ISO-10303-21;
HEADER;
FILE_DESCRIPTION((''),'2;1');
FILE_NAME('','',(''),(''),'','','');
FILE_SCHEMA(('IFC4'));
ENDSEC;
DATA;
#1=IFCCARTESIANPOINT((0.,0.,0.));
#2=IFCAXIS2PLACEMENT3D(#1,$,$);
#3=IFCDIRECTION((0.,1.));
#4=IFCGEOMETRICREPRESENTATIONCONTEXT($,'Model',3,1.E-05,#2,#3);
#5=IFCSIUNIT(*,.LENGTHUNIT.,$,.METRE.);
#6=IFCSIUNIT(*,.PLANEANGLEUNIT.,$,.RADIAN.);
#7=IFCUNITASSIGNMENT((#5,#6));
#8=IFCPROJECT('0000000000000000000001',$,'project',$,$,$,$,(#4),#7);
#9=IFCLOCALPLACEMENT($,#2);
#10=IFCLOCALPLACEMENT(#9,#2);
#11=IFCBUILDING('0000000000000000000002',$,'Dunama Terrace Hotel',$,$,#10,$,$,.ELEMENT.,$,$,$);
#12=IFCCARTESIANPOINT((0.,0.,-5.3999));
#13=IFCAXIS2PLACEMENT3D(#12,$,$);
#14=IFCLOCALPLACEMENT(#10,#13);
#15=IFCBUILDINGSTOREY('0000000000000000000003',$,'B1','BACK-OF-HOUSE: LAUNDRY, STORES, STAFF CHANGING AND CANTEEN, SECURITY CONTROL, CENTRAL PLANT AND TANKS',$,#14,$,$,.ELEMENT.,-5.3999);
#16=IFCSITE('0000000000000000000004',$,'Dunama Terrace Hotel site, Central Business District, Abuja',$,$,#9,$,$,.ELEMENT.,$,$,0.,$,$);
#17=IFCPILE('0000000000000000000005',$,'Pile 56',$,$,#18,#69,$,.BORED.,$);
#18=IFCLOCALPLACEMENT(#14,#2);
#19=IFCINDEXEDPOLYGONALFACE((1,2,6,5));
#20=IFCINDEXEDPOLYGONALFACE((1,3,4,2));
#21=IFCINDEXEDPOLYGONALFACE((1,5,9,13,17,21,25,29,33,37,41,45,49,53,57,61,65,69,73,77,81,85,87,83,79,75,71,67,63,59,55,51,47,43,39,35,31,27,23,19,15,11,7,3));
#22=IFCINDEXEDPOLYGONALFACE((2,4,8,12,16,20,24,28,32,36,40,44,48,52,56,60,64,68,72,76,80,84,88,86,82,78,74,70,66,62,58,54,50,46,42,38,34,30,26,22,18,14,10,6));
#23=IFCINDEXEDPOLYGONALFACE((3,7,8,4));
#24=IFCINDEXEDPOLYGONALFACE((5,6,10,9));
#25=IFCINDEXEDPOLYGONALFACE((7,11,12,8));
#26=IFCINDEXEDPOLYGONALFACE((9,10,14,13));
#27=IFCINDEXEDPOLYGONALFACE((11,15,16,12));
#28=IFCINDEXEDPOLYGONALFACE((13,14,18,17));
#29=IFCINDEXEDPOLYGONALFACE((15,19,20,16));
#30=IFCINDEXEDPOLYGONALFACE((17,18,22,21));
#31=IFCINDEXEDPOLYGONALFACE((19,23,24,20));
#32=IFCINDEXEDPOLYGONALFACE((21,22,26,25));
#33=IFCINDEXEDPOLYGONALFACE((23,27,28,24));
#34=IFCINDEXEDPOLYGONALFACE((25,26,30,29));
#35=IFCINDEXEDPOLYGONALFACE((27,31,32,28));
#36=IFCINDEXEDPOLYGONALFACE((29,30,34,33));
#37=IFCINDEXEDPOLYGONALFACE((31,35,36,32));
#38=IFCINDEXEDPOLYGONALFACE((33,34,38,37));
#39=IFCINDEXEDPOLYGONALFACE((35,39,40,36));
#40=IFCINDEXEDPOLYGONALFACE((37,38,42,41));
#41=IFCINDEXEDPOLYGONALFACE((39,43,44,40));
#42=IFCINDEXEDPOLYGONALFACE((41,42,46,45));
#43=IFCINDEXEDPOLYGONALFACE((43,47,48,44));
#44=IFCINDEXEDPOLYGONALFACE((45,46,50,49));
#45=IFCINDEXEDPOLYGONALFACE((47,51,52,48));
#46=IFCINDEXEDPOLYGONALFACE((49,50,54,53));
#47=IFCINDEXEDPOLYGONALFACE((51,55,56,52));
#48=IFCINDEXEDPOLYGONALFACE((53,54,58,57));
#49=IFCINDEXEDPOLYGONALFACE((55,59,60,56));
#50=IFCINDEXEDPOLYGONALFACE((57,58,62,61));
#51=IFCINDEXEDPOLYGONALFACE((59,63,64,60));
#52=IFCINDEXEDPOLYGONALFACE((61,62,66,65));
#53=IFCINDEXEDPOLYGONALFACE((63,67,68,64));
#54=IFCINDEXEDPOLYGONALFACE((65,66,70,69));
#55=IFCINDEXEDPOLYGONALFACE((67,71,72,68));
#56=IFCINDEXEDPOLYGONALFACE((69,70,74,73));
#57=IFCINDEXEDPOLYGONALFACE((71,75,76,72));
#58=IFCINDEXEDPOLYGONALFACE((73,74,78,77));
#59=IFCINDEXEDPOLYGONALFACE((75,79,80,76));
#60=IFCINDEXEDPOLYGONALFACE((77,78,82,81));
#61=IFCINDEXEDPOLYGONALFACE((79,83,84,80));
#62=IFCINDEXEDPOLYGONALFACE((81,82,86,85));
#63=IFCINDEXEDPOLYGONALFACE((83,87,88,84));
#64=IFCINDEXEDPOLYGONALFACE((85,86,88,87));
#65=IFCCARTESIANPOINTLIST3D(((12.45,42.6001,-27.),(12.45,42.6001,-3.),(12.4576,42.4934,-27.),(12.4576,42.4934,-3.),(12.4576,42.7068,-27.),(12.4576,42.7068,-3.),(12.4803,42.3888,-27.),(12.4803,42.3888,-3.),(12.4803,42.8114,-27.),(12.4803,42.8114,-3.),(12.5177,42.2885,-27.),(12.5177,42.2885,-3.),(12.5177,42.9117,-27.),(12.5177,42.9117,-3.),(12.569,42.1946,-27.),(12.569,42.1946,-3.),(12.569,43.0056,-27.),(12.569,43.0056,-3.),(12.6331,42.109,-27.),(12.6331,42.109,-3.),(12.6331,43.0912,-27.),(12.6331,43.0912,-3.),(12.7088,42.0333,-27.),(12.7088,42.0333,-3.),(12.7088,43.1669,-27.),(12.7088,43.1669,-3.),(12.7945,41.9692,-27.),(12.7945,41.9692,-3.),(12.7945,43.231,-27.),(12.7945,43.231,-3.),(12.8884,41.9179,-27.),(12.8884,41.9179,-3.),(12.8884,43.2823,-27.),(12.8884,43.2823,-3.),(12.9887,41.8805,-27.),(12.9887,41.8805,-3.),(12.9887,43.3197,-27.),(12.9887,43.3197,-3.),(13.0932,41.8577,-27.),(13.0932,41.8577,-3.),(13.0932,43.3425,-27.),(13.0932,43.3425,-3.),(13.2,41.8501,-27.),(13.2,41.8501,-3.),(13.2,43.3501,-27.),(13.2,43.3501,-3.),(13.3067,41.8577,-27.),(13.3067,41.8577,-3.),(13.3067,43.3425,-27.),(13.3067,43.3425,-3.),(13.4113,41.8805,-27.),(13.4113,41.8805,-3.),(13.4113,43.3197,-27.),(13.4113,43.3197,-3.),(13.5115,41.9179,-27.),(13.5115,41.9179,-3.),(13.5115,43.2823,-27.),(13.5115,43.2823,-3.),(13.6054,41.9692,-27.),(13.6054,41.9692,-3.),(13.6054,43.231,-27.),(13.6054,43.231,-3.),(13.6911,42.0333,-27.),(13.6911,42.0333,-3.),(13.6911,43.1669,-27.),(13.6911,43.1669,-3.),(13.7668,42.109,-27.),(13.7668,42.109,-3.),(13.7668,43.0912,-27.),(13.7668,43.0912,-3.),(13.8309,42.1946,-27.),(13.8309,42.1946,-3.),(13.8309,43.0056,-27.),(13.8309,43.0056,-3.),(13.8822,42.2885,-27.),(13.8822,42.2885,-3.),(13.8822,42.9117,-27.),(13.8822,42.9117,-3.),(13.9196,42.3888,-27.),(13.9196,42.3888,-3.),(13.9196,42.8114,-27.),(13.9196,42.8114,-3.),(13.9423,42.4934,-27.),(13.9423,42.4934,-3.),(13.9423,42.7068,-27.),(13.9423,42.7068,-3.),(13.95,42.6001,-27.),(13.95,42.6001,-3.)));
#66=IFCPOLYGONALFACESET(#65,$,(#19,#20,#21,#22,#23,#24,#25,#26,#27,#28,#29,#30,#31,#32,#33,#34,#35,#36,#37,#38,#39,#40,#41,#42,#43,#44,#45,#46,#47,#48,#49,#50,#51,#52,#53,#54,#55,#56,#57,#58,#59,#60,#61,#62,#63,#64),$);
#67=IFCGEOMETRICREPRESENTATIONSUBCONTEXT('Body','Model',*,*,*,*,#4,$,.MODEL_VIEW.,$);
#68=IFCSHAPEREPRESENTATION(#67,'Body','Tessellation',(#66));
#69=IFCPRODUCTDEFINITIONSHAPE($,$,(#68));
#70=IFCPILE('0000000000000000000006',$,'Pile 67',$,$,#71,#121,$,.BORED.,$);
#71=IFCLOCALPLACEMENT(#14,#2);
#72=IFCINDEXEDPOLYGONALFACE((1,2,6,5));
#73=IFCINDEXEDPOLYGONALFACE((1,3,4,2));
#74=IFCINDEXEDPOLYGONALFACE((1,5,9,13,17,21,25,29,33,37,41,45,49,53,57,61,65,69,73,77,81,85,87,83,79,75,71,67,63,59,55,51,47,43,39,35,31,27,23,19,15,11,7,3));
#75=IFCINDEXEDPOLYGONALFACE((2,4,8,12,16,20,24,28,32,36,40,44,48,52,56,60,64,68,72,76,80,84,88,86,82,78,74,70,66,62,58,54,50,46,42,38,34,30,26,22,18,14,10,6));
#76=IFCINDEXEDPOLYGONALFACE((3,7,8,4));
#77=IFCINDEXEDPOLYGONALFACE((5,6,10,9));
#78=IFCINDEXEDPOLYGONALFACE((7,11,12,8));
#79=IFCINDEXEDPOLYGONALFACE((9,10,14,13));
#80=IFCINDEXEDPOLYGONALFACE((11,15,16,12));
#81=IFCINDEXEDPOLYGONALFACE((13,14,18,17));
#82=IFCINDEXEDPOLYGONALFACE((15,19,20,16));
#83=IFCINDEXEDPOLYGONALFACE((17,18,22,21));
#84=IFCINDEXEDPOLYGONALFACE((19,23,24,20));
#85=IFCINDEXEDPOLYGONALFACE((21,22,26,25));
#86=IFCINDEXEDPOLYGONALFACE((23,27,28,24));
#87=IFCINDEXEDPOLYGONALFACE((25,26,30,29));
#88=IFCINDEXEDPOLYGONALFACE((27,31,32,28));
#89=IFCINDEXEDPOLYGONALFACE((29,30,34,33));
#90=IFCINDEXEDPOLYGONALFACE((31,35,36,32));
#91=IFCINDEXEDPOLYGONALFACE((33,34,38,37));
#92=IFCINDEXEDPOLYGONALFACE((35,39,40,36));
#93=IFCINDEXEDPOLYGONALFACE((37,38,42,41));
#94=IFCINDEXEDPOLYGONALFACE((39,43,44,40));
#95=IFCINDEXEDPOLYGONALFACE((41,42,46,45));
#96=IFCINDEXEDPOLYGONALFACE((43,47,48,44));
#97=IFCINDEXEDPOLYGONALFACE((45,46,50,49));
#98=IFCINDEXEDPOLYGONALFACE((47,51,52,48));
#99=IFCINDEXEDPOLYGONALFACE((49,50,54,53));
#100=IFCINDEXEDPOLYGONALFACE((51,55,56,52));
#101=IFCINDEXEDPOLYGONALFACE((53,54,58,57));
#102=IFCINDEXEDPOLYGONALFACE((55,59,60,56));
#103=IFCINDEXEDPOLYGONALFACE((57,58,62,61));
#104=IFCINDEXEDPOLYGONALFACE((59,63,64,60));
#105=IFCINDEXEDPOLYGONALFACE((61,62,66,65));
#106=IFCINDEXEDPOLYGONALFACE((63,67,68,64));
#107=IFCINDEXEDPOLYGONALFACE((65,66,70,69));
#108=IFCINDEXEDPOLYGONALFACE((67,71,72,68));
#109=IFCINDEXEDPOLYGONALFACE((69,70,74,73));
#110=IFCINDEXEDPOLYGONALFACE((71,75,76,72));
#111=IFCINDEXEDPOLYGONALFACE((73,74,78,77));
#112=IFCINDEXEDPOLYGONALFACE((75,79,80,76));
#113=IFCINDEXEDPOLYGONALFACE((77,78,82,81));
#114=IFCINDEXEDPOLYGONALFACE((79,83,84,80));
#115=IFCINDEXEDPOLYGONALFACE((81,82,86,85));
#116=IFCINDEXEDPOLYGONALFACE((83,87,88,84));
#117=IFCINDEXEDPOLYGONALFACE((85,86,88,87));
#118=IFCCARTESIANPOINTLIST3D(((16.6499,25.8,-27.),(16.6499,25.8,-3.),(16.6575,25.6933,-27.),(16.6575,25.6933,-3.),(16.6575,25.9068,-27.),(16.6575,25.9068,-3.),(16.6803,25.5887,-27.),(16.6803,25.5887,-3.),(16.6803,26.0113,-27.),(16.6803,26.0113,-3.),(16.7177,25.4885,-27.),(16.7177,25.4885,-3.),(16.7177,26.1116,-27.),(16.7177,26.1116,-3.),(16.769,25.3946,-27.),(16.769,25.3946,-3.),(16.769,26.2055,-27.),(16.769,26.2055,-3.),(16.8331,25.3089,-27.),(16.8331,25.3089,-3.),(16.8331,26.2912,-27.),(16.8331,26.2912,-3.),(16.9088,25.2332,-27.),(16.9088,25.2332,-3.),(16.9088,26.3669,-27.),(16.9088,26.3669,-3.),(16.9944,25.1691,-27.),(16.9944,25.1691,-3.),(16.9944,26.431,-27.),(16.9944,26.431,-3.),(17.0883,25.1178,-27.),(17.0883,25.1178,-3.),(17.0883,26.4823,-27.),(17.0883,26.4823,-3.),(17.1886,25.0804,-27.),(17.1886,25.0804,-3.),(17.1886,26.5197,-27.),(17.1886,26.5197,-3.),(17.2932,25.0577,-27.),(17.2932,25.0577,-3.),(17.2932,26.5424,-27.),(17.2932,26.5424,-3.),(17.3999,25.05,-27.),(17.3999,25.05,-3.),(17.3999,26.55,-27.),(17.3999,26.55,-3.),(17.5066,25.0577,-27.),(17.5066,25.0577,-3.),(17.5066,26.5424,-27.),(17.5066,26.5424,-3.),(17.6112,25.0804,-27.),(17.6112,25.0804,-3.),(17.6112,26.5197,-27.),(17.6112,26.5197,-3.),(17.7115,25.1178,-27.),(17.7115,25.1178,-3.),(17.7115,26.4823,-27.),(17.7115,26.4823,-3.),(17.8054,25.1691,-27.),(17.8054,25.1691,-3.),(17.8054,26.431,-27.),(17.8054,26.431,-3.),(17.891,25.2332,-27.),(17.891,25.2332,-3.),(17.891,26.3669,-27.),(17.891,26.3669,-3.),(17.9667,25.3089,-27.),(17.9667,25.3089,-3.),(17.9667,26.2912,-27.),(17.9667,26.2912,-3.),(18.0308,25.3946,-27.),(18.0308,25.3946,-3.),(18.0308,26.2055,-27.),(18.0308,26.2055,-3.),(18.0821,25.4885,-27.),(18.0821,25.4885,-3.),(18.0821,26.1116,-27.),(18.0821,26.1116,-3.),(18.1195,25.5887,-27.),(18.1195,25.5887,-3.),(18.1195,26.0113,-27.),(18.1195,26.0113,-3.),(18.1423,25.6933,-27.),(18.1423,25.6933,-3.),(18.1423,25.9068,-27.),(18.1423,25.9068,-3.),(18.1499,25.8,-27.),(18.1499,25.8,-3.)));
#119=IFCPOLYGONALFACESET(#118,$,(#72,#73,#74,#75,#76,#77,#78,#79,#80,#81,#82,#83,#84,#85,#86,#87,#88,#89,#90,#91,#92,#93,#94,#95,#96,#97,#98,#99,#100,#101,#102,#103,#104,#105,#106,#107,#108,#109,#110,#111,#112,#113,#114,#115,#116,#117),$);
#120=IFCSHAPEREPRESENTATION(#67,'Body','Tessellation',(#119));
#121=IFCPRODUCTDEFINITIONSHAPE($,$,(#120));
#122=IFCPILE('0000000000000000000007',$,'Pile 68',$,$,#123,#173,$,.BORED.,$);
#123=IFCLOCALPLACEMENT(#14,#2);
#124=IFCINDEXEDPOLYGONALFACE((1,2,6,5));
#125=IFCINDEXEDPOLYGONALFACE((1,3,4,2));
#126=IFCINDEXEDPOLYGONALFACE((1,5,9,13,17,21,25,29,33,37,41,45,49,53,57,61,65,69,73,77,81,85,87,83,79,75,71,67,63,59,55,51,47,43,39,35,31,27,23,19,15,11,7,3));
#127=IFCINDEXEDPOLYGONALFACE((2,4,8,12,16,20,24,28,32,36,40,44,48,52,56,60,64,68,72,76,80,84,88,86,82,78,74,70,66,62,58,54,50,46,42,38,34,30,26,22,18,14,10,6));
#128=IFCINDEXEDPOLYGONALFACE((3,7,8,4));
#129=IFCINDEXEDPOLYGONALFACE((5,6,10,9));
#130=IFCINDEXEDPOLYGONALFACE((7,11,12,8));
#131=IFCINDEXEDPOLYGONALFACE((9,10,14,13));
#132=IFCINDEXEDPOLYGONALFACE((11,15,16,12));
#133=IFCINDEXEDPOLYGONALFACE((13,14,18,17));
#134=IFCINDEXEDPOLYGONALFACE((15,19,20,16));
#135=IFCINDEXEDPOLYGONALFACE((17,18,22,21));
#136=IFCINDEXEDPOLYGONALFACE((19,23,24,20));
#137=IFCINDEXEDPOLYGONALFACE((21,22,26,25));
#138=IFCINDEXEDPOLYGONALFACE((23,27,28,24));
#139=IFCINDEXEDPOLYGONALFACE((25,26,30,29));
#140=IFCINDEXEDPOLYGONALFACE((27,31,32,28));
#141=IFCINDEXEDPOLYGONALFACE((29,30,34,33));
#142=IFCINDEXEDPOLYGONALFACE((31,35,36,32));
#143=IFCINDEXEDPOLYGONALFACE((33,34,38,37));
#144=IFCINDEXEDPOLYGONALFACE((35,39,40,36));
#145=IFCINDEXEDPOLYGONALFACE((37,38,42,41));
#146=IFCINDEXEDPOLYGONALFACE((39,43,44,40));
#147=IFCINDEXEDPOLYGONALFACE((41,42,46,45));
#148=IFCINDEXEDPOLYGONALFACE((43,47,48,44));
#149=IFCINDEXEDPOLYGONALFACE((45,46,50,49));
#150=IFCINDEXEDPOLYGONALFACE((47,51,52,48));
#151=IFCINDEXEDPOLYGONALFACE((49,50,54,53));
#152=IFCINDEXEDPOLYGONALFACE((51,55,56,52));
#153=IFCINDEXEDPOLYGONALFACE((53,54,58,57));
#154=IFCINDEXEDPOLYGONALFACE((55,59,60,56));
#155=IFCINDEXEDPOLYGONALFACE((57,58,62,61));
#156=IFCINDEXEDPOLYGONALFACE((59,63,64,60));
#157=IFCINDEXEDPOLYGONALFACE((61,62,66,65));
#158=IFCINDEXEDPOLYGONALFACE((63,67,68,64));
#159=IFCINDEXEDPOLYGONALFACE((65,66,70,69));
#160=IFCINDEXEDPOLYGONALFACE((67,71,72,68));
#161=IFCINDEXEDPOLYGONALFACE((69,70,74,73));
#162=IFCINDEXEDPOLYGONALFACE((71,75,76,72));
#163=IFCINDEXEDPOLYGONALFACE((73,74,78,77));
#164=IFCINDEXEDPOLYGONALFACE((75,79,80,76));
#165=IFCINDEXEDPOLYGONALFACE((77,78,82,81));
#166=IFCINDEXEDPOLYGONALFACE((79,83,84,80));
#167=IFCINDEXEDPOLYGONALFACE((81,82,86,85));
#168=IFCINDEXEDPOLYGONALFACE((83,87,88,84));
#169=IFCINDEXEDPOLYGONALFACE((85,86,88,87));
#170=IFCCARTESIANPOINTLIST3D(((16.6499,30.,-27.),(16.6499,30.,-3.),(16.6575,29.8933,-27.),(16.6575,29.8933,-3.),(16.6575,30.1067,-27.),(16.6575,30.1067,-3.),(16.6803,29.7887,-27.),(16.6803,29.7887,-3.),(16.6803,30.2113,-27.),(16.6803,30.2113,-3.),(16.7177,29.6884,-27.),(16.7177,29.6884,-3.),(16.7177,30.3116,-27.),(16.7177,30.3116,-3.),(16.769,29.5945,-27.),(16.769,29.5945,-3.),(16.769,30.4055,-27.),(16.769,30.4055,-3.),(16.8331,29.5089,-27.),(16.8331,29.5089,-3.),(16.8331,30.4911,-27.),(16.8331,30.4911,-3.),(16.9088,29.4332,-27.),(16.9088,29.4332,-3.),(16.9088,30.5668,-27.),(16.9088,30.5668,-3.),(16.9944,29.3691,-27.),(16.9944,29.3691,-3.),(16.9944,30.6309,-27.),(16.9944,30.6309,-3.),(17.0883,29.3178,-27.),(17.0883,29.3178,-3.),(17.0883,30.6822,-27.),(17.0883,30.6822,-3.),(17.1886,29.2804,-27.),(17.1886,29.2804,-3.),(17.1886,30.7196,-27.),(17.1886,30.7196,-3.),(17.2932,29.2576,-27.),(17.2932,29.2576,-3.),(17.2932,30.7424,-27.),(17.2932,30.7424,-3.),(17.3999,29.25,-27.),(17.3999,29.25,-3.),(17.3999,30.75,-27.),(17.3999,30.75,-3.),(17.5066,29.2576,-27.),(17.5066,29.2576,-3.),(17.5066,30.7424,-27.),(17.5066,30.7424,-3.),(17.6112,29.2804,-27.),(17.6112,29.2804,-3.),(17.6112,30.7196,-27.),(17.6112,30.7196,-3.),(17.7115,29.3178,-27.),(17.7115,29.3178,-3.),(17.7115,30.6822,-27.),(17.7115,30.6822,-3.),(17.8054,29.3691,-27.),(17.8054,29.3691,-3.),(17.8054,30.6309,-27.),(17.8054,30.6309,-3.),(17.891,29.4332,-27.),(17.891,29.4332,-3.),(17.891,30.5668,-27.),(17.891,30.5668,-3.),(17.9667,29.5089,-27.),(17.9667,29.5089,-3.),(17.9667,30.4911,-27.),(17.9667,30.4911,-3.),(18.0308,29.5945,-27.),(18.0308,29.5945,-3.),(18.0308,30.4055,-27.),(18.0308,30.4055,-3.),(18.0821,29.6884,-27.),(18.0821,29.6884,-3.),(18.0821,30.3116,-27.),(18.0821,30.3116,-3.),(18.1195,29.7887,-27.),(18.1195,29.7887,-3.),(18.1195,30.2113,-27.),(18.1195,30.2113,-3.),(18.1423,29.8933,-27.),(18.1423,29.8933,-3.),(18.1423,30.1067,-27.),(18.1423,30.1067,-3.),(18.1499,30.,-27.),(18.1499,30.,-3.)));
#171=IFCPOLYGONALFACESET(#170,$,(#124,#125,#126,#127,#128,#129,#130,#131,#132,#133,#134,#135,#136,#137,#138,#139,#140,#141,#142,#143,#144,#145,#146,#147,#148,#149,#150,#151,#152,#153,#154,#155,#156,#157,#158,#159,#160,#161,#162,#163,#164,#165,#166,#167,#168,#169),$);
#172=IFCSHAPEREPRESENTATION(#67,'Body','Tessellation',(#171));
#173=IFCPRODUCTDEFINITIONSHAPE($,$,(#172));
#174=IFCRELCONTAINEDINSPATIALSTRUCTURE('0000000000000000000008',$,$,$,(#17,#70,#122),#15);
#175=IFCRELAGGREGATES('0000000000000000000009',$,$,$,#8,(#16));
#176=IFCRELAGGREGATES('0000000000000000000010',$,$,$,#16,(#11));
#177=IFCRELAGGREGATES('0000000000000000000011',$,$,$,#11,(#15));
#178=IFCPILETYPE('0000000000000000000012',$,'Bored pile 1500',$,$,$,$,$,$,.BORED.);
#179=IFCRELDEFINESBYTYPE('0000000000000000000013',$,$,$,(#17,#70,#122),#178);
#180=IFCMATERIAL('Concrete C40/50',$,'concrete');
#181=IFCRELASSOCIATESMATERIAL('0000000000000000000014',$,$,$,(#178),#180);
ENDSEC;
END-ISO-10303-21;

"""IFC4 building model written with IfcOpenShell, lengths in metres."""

from ifc_helpers import new_model, si_unit, direction, frame, origin, origin_2d, place, context, subcontext, project, spatial, circle, extrude, material, material_profile, profile_set, type_object, element, save


model = new_model("IFC4")

# Units and contexts
model_context = context("Model", 3, precision=1e-05, world=origin(), true_north=direction((0.0, 1.0)))
body_context = subcontext(model_context, "Body", "Model", "MODEL_VIEW")
ifc_project = project(units=[si_unit("LENGTHUNIT", "METRE"), si_unit("PLANEANGLEUNIT", "RADIAN")], contexts=[model_context])

# Site, building, storey
site_placement = place(None, origin())
site = spatial("IfcSite", under=ifc_project, at=site_placement, Name="Dunama Terrace Hotel site, Central Business District, Abuja", CompositionType="ELEMENT", RefElevation=0.0)
building_placement = place(site_placement, origin())
building = spatial("IfcBuilding", under=site, at=building_placement, Name="Dunama Terrace Hotel", CompositionType="ELEMENT")
storey_placement = place(building_placement, frame((0.0, 0.0, -5.3999)))
storey = spatial("IfcBuildingStorey", under=building, at=storey_placement, Name="B1", Description="BACK-OF-HOUSE: LAUNDRY, STORES, STAFF CHANGING AND CANTEEN, SECURITY CONTROL, CENTRAL PLANT AND TANKS", CompositionType="ELEMENT", Elevation=-5.3999)

# Piles
ifc_material_1 = material(Name="Concrete C40/50", Category="concrete")
ifc_material_profile_1 = material_profile(ifc_material_1, circle(Radius=0.75, at=origin_2d()), Name="PILE D1500")
ifc_profile_set_1 = profile_set([ifc_material_profile_1], Name="Concrete C40/50")
pile_type = type_object("IfcPileType", Name="Bored pile 1500", PredefinedType="BORED", material=ifc_profile_set_1)
for number, where, z_axis, x_axis, name in (
    (1, (13.2, 42.6001, -3.0), (0.0, 0.0, -1.0), (1.0, 0.0, 0.0), "Pile 56"),
    (2, (17.3999, 25.8, -3.0), (0.0, 0.0, -1.0), (1.0, 0.0, 0.0), "Pile 67"),
    (3, (17.3999, 30.0, -3.0), (0.0, 0.0, -1.0), (1.0, 0.0, 0.0), "Pile 68"),
):
    element("IfcPile", number, at=place(storey_placement, frame(where, z_axis=z_axis, x_axis=x_axis)), inside=storey, type_object=pile_type, Name=name, PredefinedType="BORED", context=body_context, shape_type="SweptSolid", body=[
        extrude(circle(Radius=0.75, at=origin_2d()), origin(), (0.0, 0.0, 1.0), 24.0),
    ])

save(model, "model.ifc")
